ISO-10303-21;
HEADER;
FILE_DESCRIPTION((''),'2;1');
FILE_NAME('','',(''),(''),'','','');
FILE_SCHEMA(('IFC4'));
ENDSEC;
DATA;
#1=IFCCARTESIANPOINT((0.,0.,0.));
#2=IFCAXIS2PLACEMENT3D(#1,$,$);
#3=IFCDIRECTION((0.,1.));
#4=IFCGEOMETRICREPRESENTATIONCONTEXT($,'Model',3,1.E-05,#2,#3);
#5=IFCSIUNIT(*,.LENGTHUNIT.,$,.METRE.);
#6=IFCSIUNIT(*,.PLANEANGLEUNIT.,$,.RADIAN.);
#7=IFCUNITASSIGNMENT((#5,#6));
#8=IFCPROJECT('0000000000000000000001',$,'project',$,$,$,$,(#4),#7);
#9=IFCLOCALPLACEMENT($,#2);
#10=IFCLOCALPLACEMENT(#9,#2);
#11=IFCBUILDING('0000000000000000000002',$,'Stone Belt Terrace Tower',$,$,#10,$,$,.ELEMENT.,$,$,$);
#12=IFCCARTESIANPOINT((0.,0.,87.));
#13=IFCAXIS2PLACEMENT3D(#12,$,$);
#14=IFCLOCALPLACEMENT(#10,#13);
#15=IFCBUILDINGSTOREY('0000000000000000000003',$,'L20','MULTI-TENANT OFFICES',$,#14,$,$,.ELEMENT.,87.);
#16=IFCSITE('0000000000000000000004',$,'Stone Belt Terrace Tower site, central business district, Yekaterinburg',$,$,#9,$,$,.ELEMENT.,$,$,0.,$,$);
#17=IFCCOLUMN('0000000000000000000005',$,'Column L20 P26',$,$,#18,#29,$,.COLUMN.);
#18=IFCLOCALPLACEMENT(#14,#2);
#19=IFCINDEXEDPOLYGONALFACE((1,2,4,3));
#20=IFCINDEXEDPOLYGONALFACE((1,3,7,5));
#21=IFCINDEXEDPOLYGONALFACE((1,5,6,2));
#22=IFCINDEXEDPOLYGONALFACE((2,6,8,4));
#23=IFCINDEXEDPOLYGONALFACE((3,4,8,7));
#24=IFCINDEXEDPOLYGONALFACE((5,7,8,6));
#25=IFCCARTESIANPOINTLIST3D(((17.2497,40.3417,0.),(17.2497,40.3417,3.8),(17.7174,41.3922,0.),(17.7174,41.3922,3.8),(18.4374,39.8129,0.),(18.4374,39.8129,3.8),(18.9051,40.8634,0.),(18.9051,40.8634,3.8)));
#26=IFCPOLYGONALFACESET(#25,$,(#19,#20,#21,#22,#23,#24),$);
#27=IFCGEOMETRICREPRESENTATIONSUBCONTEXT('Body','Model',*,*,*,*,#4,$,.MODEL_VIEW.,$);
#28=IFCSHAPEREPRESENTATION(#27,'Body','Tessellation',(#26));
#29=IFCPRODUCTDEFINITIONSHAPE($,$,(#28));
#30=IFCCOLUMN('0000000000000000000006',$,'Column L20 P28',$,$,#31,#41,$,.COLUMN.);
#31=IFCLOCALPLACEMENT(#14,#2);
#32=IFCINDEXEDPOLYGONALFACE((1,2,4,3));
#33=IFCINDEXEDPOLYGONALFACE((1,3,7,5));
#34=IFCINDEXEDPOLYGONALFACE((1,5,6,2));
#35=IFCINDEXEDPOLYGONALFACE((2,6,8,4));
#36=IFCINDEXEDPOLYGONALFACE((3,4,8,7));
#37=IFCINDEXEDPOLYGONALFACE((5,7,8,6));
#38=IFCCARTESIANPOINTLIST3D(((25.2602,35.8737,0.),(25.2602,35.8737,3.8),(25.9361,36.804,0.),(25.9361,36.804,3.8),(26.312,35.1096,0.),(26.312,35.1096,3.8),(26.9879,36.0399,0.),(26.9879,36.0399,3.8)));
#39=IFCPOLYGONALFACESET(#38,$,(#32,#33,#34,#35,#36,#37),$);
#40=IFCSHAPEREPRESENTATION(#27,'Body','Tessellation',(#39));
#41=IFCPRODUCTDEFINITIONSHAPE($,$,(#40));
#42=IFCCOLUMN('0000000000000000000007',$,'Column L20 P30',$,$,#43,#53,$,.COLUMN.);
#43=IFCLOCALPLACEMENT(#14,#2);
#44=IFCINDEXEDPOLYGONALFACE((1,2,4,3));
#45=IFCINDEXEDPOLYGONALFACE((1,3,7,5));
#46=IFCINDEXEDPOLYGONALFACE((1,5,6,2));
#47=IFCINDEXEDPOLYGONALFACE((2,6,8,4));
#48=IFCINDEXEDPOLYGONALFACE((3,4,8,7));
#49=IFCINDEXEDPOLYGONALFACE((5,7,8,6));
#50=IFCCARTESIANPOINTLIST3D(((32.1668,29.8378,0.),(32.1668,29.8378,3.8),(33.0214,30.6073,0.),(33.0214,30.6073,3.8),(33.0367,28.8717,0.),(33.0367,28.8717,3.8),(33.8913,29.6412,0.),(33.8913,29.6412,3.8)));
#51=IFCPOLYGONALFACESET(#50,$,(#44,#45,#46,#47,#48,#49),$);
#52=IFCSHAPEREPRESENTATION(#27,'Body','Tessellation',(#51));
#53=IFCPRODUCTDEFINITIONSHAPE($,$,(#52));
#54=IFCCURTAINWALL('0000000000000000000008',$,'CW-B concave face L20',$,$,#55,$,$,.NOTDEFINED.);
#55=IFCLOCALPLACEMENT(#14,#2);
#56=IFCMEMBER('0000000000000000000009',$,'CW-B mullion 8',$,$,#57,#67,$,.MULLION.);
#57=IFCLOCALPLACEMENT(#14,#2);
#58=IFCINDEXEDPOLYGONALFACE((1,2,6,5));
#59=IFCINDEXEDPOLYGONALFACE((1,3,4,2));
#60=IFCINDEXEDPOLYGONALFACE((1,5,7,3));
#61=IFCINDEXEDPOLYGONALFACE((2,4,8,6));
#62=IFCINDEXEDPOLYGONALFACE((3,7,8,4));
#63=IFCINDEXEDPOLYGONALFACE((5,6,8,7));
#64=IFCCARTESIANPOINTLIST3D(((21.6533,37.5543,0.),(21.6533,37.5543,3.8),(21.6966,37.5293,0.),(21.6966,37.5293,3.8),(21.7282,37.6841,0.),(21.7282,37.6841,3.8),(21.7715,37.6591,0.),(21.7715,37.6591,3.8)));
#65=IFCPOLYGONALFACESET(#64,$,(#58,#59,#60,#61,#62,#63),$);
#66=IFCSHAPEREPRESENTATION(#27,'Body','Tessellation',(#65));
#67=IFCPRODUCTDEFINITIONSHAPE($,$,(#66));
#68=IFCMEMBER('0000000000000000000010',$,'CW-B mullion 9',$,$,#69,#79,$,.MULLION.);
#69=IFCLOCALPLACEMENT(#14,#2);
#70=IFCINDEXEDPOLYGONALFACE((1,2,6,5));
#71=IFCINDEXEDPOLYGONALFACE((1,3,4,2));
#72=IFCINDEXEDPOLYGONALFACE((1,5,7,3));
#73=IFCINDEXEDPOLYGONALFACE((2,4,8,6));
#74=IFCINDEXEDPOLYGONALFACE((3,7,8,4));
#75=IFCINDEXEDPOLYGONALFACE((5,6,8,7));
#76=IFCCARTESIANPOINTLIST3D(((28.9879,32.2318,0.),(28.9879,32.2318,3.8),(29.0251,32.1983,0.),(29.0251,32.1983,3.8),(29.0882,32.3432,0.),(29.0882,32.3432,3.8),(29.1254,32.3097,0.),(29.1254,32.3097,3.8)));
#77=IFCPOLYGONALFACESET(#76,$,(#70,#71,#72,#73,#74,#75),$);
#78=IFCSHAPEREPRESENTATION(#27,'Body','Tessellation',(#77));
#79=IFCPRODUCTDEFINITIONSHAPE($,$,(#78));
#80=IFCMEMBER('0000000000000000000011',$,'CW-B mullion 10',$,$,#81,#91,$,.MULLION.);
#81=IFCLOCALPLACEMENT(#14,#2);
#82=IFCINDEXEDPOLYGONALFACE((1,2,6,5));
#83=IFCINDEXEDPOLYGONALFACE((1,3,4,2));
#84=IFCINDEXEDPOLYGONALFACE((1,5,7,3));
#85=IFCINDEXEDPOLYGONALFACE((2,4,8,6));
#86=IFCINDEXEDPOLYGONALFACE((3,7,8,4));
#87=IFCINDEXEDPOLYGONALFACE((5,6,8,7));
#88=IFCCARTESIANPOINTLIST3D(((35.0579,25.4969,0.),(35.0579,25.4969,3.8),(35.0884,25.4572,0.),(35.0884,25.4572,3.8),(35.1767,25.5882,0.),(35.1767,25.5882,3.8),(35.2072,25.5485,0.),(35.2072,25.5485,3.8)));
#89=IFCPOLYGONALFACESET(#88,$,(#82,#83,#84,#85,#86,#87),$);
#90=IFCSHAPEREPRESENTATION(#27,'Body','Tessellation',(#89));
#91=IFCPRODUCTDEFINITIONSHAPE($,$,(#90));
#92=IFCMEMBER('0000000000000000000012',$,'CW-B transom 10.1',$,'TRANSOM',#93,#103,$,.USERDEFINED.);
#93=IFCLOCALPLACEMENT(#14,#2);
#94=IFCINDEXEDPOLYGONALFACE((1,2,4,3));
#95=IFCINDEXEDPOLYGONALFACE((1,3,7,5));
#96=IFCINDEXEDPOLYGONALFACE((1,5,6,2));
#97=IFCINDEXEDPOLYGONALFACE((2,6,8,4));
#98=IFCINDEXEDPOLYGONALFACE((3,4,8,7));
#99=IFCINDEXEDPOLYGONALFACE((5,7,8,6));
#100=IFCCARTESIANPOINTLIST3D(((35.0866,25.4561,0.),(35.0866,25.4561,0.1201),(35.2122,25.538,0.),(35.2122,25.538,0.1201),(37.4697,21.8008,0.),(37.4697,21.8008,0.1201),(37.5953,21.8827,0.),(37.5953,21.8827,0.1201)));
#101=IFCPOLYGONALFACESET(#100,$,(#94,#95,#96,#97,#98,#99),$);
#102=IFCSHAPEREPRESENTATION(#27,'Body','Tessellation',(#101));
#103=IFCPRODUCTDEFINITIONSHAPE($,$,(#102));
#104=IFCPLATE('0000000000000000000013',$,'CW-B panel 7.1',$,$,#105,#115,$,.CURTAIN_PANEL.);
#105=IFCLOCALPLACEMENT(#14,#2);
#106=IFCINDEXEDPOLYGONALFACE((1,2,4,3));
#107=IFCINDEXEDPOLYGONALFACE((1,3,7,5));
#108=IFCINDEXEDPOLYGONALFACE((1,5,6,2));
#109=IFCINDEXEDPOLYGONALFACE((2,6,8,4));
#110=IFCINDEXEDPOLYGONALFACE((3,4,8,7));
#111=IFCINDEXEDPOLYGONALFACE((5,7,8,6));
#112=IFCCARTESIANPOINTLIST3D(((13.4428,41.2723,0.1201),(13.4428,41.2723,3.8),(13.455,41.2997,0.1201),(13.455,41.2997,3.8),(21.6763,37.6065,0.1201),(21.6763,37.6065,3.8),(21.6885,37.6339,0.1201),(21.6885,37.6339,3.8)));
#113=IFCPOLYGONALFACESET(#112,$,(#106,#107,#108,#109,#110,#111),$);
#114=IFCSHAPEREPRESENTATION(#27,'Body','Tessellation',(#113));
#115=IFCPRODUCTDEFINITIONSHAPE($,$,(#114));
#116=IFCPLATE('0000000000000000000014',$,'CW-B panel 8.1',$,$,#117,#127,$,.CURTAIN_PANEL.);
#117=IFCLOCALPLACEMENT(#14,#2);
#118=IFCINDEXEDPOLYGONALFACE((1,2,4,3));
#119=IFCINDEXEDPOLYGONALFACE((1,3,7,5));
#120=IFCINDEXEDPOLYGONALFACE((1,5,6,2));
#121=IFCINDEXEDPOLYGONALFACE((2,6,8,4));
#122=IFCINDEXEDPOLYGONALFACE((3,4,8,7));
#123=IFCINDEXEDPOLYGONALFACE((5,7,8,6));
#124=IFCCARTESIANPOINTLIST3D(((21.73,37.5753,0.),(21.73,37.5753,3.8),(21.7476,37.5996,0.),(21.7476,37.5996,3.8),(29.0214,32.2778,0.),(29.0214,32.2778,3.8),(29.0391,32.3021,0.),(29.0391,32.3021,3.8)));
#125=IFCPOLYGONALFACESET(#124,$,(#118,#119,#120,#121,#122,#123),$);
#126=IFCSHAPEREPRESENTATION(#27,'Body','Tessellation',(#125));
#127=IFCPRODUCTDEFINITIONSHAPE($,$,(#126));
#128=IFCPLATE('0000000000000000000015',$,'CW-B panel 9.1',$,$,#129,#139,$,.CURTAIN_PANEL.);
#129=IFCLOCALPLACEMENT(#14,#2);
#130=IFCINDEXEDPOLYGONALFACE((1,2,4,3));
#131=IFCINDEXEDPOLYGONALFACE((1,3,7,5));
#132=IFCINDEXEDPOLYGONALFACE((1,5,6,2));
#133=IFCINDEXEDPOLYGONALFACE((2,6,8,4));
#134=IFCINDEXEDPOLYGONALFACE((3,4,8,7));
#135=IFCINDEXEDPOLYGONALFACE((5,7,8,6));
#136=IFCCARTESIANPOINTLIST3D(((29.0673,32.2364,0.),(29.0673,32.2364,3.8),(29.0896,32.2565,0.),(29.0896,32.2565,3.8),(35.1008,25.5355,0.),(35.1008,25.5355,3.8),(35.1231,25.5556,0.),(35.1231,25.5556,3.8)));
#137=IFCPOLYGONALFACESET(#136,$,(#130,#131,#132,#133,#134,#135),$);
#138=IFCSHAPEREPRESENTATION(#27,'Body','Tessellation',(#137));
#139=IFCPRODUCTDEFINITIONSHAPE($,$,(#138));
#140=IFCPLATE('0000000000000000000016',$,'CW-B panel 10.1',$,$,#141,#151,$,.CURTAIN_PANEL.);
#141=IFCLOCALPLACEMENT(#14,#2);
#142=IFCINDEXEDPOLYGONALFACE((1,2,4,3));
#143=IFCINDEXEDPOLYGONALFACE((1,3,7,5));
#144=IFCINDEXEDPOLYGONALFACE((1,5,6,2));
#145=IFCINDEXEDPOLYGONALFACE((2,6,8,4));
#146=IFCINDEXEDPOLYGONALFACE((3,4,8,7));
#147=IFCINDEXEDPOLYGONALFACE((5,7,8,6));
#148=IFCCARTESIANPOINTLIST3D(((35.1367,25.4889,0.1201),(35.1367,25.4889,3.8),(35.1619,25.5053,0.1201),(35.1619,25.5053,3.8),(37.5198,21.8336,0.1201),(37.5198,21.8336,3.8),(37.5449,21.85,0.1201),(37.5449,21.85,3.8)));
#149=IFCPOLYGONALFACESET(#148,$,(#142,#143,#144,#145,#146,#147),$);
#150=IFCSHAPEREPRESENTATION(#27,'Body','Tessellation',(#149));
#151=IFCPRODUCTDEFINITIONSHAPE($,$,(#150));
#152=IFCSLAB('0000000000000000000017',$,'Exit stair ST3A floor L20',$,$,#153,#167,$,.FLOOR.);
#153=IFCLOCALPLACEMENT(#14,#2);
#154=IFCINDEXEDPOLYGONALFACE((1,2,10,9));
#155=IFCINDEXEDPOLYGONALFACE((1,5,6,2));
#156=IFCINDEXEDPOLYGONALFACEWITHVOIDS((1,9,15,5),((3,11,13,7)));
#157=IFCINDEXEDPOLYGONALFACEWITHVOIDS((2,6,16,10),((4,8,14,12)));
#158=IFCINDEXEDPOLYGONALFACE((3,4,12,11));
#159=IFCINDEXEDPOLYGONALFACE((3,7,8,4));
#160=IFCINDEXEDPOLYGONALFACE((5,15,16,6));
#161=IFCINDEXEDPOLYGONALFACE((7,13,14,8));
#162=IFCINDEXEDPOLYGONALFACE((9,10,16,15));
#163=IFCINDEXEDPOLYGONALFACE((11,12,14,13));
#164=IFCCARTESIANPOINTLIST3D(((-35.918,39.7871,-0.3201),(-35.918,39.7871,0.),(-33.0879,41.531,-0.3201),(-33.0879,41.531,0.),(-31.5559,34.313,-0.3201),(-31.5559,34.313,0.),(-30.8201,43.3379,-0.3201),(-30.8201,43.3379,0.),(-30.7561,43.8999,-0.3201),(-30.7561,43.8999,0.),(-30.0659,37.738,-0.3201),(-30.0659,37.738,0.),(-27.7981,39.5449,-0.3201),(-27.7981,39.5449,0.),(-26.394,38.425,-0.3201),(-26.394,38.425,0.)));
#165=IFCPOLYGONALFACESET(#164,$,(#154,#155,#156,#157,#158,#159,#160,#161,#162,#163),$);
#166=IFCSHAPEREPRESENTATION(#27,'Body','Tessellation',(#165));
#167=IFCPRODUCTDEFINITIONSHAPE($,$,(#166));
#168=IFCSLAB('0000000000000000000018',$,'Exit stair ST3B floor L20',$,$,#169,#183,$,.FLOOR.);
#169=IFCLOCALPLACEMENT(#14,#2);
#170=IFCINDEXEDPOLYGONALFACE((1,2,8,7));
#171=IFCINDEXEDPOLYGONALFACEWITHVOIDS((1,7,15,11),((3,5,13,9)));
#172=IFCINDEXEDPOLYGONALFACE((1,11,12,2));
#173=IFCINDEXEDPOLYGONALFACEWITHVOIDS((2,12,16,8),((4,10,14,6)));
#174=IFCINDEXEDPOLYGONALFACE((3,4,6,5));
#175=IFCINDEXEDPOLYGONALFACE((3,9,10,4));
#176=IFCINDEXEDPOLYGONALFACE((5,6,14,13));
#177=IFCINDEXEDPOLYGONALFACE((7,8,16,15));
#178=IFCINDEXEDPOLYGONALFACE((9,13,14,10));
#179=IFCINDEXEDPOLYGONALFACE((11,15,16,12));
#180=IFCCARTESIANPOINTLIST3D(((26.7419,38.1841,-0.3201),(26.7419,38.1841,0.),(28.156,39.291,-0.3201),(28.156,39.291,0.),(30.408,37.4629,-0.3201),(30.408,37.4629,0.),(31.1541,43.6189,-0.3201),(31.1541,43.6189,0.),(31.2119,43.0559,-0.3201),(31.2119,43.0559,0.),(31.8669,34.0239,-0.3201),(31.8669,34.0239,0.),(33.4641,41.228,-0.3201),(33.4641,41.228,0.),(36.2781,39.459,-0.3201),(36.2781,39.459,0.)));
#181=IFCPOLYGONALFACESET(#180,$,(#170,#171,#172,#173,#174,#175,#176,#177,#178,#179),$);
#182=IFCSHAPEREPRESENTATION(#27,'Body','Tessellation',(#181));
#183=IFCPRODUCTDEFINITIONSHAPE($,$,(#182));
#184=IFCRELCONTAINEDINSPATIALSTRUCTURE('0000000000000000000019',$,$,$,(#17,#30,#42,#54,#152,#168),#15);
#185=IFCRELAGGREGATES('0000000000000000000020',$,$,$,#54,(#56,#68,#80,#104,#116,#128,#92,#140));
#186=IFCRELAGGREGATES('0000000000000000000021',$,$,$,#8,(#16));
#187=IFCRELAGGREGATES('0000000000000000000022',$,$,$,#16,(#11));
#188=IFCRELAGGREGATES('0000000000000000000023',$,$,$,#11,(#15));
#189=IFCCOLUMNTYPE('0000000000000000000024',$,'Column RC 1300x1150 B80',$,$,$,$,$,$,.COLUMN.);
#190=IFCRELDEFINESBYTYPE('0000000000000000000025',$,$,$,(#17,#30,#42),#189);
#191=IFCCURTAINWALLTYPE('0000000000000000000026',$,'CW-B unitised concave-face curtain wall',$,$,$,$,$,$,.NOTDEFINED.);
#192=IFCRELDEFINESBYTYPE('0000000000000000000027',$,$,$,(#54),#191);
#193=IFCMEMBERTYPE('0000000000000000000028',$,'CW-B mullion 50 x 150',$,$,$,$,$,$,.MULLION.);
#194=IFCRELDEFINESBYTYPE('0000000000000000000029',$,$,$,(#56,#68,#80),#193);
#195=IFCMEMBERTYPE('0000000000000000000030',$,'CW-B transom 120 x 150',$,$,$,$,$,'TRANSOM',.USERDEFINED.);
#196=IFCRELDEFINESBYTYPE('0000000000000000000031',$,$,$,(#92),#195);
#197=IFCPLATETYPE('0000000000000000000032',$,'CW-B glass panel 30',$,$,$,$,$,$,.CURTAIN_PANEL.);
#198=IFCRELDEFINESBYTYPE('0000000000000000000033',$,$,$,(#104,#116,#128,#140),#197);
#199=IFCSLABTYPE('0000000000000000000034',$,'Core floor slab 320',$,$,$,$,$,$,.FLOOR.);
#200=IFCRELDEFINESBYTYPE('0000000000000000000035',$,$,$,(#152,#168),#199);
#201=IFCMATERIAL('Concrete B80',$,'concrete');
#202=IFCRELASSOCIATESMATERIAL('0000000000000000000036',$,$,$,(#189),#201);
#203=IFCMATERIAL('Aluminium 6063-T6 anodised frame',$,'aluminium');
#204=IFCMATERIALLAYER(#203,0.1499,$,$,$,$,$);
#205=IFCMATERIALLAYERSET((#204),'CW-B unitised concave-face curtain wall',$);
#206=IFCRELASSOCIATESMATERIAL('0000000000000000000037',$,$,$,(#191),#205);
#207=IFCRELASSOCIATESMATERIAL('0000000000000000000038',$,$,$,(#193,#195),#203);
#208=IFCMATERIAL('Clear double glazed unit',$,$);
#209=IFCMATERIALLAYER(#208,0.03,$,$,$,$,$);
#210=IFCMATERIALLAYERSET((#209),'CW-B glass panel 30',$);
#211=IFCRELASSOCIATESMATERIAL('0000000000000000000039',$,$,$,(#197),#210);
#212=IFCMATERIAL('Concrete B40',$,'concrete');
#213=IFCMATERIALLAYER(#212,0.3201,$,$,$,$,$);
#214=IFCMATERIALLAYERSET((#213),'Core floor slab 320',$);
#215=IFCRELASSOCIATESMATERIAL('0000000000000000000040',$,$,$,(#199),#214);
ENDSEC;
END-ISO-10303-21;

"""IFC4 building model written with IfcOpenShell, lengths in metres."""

from ifc_helpers import new_model, si_unit, direction, frame, origin, origin_2d, place, context, subcontext, project, spatial, polyline, rectangle, outline, extrude, material, layer, layer_set, material_profile, profile_set, type_object, element, aggregate, save


model = new_model("IFC4")

# Units and contexts
model_context = context("Model", 3, precision=1e-05, world=origin(), true_north=direction((0.0, 1.0)))
body_context = subcontext(model_context, "Body", "Model", "MODEL_VIEW")
ifc_project = project(units=[si_unit("LENGTHUNIT", "METRE"), si_unit("PLANEANGLEUNIT", "RADIAN")], contexts=[model_context])

# Site, building, storey
site_placement = place(None, origin())
site = spatial("IfcSite", under=ifc_project, at=site_placement, Name="Stone Belt Terrace Tower site, central business district, Yekaterinburg", CompositionType="ELEMENT", RefElevation=0.0)
building_placement = place(site_placement, origin())
building = spatial("IfcBuilding", under=site, at=building_placement, Name="Stone Belt Terrace Tower", CompositionType="ELEMENT")
storey_placement = place(building_placement, frame((0.0, 0.0, 87.0)))
storey = spatial("IfcBuildingStorey", under=building, at=storey_placement, Name="L20", Description="MULTI-TENANT OFFICES", CompositionType="ELEMENT", Elevation=87.0)

# Columns
ifc_material_1 = material(Name="Concrete B80", Category="concrete")
ifc_material_profile_1 = material_profile(ifc_material_1, rectangle(XDim=1.3, YDim=1.1499, at=origin_2d()), Name="RC 1300x1150")
ifc_profile_set_1 = profile_set([ifc_material_profile_1], Name="Concrete B80")
column_type = type_object("IfcColumnType", Name="Column RC 1300x1150 B80", PredefinedType="COLUMN", material=ifc_profile_set_1)
for number, where, z_axis, x_axis, name in (
    (1, (18.0774, 40.6025, 0.0), (0.0, 0.0, 1.0), (0.913545, -0.406737, 0.0), "Column L20 P26"),
    (2, (26.124, 35.9568, 0.0), (0.0, 0.0, 1.0), (0.809017, -0.587785, 0.0), "Column L20 P28"),
    (3, (33.0291, 29.7395, 0.0), (0.0, 0.0, 1.0), (0.669131, -0.743145, 0.0), "Column L20 P30"),
):
    element("IfcColumn", number, at=place(storey_placement, frame(where, z_axis=z_axis, x_axis=x_axis)), inside=storey, type_object=column_type, Name=name, PredefinedType="COLUMN", context=body_context, shape_type="SweptSolid", body=[
        extrude(rectangle(XDim=1.3, YDim=1.1499, at=origin_2d()), origin(), (0.0, 0.0, 1.0), 3.8),
    ])

# Curtain wall, members, plates
ifc_material_2 = material(Name="Aluminium 6063-T6 anodised frame", Category="aluminium")
ifc_layer_1 = layer(ifc_material_2, 0.1499)
ifc_layer_set_1 = layer_set([ifc_layer_1], Name="CW-B unitised concave-face curtain wall")
curtain_wall_type = type_object("IfcCurtainWallType", Name="CW-B unitised concave-face curtain wall", PredefinedType="NOTDEFINED", material=ifc_layer_set_1)
curtain_wall_placement = place(storey_placement, origin())
curtain_wall = element("IfcCurtainWall", 4, at=curtain_wall_placement, inside=storey, type_object=curtain_wall_type, Name="CW-B concave face L20", PredefinedType="NOTDEFINED")
ifc_material_profile_2 = material_profile(ifc_material_2, rectangle(XDim=0.1499, YDim=0.05, at=origin_2d()), Name="Aluminium 6063-T6 50x150")
ifc_profile_set_2 = profile_set([ifc_material_profile_2], Name="Aluminium 6063-T6 anodised frame")
member_type_1 = type_object("IfcMemberType", Name="CW-B mullion 50 x 150", PredefinedType="MULLION", material=ifc_profile_set_2)
member_1_placement = place(storey_placement, frame((21.7124, 37.6067, 0.0), z_axis=(0.0, 0.0, 1.0), x_axis=(0.5, 0.866025, 0.0)))
member_1 = element("IfcMember", 5, at=member_1_placement, type_object=member_type_1, Name="CW-B mullion 8", PredefinedType="MULLION", context=body_context, shape_type="SweptSolid", body=[
    extrude(rectangle(XDim=0.1499, YDim=0.05, at=origin_2d()), origin(), (0.0, 0.0, 1.0), 3.8),
])
member_2_placement = place(storey_placement, frame((29.0566, 32.2708, 0.0), z_axis=(0.0, 0.0, 1.0), x_axis=(0.669131, 0.743145, 0.0)))
member_2 = element("IfcMember", 6, at=member_2_placement, type_object=member_type_1, Name="CW-B mullion 9", PredefinedType="MULLION", context=body_context, shape_type="SweptSolid", body=[
    extrude(rectangle(XDim=0.1499, YDim=0.05, at=origin_2d()), origin(), (0.0, 0.0, 1.0), 3.8),
])
member_3_placement = place(storey_placement, frame((35.1326, 25.5227, 0.0), z_axis=(0.0, 0.0, 1.0), x_axis=(0.792811, 0.609468, 0.0)))
member_3 = element("IfcMember", 7, at=member_3_placement, type_object=member_type_1, Name="CW-B mullion 10", PredefinedType="MULLION", context=body_context, shape_type="SweptSolid", body=[
    extrude(rectangle(XDim=0.1499, YDim=0.05, at=origin_2d()), origin(), (0.0, 0.0, 1.0), 3.8),
])
ifc_material_profile_3 = material_profile(ifc_material_2, rectangle(XDim=0.1499, YDim=0.1201, at=origin_2d()), Name="Aluminium 6063-T6 150x120")
ifc_profile_set_3 = profile_set([ifc_material_profile_3], Name="Aluminium 6063-T6 anodised frame")
member_type_2 = type_object("IfcMemberType", Name="CW-B transom 120 x 150", ElementType="TRANSOM", PredefinedType="USERDEFINED", material=ifc_profile_set_3)
member_4_placement = place(storey_placement, frame((35.1494, 25.4971, 0.0601), z_axis=(0.546136, -0.837696, 0.0), x_axis=(0.837696, 0.546136, 0.0)))
member_4 = element("IfcMember", 8, at=member_4_placement, type_object=member_type_2, Name="CW-B transom 10.1", ObjectType="TRANSOM", PredefinedType="USERDEFINED", context=body_context, shape_type="SweptSolid", body=[
    extrude(rectangle(XDim=0.1499, YDim=0.1201, at=origin_2d()), origin(), (0.0, 0.0, 1.0), 4.3635),
])
ifc_material_3 = material(Name="Clear double glazed unit")
ifc_layer_2 = layer(ifc_material_3, 0.03)
ifc_layer_set_2 = layer_set([ifc_layer_2], Name="CW-B glass panel 30")
plate_type = type_object("IfcPlateType", Name="CW-B glass panel 30", PredefinedType="CURTAIN_PANEL", material=ifc_layer_set_2)
plate_1_placement = place(storey_placement, frame((17.5657, 39.4531, 0.1201), z_axis=(0.0, 0.0, 1.0), x_axis=(0.913545, -0.406737, 0.0)))
plate_1 = element("IfcPlate", 9, at=plate_1_placement, type_object=plate_type, Name="CW-B panel 7.1", PredefinedType="CURTAIN_PANEL", context=body_context, shape_type="SweptSolid", body=[
    extrude(rectangle(XDim=9.0127, YDim=0.03, at=origin_2d()), origin(), (0.0, 0.0, 1.0), 3.6799),
])
plate_2_placement = place(storey_placement, frame((25.3845, 34.9387, 0.0), z_axis=(0.0, 0.0, 1.0), x_axis=(0.809017, -0.587785, 0.0)))
plate_2 = element("IfcPlate", 10, at=plate_2_placement, type_object=plate_type, Name="CW-B panel 8.1", PredefinedType="CURTAIN_PANEL", context=body_context, shape_type="SweptSolid", body=[
    extrude(rectangle(XDim=9.0127, YDim=0.03, at=origin_2d()), origin(), (0.0, 0.0, 1.0), 3.8),
])
plate_3_placement = place(storey_placement, frame((32.0952, 28.896, 0.0), z_axis=(0.0, 0.0, 1.0), x_axis=(0.669131, -0.743145, 0.0)))
plate_3 = element("IfcPlate", 11, at=plate_3_placement, type_object=plate_type, Name="CW-B panel 9.1", PredefinedType="CURTAIN_PANEL", context=body_context, shape_type="SweptSolid", body=[
    extrude(rectangle(XDim=9.0168, YDim=0.03, at=origin_2d()), origin(), (0.0, 0.0, 1.0), 3.8),
])
plate_4_placement = place(storey_placement, frame((36.3408, 23.6694, 0.1201), z_axis=(0.0, 0.0, 1.0), x_axis=(0.546132, -0.837699, 0.0)))
plate_4 = element("IfcPlate", 12, at=plate_4_placement, type_object=plate_type, Name="CW-B panel 10.1", PredefinedType="CURTAIN_PANEL", context=body_context, shape_type="SweptSolid", body=[
    extrude(rectangle(XDim=4.3635, YDim=0.03, at=origin_2d()), origin(), (0.0, 0.0, 1.0), 3.6799),
])
aggregate(curtain_wall, [member_1, member_2, member_3, plate_1, plate_2, plate_3, member_4, plate_4])

# Slabs
ifc_material_4 = material(Name="Concrete B40", Category="concrete")
ifc_layer_3 = layer(ifc_material_4, 0.3201)
ifc_layer_set_3 = layer_set([ifc_layer_3], Name="Core floor slab 320")
slab_type = type_object("IfcSlabType", Name="Core floor slab 320", PredefinedType="FLOOR", material=ifc_layer_set_3)
slab_1_placement = place(storey_placement, frame((0.0, 0.0, -0.3201)))
element("IfcSlab", 13, at=slab_1_placement, inside=storey, type_object=slab_type, Name="Exit stair ST3A floor L20", PredefinedType="FLOOR", context=body_context, shape_type="SweptSolid", body=[
    extrude(outline(polyline([(-26.394, 38.425), (-30.7561, 43.8999), (-35.918, 39.7871), (-31.5559, 34.313), (-26.394, 38.425)]), holes=[polyline([(-27.7981, 39.5449), (-30.0659, 37.738), (-33.0879, 41.531), (-30.8201, 43.3379), (-27.7981, 39.5449)])]), origin(), (0.0, 0.0, 1.0), 0.3201),
])
slab_2_placement = place(storey_placement, frame((0.0, 0.0, -0.3201)))
element("IfcSlab", 14, at=slab_2_placement, inside=storey, type_object=slab_type, Name="Exit stair ST3B floor L20", PredefinedType="FLOOR", context=body_context, shape_type="SweptSolid", body=[
    extrude(outline(polyline([(26.7419, 38.1841), (31.8669, 34.0239), (36.2781, 39.459), (31.1541, 43.6189), (26.7419, 38.1841)]), holes=[polyline([(30.408, 37.4629), (28.156, 39.291), (31.2119, 43.0559), (33.4641, 41.228), (30.408, 37.4629)])]), origin(), (0.0, 0.0, 1.0), 0.3201),
])

save(model, "model.ifc")
